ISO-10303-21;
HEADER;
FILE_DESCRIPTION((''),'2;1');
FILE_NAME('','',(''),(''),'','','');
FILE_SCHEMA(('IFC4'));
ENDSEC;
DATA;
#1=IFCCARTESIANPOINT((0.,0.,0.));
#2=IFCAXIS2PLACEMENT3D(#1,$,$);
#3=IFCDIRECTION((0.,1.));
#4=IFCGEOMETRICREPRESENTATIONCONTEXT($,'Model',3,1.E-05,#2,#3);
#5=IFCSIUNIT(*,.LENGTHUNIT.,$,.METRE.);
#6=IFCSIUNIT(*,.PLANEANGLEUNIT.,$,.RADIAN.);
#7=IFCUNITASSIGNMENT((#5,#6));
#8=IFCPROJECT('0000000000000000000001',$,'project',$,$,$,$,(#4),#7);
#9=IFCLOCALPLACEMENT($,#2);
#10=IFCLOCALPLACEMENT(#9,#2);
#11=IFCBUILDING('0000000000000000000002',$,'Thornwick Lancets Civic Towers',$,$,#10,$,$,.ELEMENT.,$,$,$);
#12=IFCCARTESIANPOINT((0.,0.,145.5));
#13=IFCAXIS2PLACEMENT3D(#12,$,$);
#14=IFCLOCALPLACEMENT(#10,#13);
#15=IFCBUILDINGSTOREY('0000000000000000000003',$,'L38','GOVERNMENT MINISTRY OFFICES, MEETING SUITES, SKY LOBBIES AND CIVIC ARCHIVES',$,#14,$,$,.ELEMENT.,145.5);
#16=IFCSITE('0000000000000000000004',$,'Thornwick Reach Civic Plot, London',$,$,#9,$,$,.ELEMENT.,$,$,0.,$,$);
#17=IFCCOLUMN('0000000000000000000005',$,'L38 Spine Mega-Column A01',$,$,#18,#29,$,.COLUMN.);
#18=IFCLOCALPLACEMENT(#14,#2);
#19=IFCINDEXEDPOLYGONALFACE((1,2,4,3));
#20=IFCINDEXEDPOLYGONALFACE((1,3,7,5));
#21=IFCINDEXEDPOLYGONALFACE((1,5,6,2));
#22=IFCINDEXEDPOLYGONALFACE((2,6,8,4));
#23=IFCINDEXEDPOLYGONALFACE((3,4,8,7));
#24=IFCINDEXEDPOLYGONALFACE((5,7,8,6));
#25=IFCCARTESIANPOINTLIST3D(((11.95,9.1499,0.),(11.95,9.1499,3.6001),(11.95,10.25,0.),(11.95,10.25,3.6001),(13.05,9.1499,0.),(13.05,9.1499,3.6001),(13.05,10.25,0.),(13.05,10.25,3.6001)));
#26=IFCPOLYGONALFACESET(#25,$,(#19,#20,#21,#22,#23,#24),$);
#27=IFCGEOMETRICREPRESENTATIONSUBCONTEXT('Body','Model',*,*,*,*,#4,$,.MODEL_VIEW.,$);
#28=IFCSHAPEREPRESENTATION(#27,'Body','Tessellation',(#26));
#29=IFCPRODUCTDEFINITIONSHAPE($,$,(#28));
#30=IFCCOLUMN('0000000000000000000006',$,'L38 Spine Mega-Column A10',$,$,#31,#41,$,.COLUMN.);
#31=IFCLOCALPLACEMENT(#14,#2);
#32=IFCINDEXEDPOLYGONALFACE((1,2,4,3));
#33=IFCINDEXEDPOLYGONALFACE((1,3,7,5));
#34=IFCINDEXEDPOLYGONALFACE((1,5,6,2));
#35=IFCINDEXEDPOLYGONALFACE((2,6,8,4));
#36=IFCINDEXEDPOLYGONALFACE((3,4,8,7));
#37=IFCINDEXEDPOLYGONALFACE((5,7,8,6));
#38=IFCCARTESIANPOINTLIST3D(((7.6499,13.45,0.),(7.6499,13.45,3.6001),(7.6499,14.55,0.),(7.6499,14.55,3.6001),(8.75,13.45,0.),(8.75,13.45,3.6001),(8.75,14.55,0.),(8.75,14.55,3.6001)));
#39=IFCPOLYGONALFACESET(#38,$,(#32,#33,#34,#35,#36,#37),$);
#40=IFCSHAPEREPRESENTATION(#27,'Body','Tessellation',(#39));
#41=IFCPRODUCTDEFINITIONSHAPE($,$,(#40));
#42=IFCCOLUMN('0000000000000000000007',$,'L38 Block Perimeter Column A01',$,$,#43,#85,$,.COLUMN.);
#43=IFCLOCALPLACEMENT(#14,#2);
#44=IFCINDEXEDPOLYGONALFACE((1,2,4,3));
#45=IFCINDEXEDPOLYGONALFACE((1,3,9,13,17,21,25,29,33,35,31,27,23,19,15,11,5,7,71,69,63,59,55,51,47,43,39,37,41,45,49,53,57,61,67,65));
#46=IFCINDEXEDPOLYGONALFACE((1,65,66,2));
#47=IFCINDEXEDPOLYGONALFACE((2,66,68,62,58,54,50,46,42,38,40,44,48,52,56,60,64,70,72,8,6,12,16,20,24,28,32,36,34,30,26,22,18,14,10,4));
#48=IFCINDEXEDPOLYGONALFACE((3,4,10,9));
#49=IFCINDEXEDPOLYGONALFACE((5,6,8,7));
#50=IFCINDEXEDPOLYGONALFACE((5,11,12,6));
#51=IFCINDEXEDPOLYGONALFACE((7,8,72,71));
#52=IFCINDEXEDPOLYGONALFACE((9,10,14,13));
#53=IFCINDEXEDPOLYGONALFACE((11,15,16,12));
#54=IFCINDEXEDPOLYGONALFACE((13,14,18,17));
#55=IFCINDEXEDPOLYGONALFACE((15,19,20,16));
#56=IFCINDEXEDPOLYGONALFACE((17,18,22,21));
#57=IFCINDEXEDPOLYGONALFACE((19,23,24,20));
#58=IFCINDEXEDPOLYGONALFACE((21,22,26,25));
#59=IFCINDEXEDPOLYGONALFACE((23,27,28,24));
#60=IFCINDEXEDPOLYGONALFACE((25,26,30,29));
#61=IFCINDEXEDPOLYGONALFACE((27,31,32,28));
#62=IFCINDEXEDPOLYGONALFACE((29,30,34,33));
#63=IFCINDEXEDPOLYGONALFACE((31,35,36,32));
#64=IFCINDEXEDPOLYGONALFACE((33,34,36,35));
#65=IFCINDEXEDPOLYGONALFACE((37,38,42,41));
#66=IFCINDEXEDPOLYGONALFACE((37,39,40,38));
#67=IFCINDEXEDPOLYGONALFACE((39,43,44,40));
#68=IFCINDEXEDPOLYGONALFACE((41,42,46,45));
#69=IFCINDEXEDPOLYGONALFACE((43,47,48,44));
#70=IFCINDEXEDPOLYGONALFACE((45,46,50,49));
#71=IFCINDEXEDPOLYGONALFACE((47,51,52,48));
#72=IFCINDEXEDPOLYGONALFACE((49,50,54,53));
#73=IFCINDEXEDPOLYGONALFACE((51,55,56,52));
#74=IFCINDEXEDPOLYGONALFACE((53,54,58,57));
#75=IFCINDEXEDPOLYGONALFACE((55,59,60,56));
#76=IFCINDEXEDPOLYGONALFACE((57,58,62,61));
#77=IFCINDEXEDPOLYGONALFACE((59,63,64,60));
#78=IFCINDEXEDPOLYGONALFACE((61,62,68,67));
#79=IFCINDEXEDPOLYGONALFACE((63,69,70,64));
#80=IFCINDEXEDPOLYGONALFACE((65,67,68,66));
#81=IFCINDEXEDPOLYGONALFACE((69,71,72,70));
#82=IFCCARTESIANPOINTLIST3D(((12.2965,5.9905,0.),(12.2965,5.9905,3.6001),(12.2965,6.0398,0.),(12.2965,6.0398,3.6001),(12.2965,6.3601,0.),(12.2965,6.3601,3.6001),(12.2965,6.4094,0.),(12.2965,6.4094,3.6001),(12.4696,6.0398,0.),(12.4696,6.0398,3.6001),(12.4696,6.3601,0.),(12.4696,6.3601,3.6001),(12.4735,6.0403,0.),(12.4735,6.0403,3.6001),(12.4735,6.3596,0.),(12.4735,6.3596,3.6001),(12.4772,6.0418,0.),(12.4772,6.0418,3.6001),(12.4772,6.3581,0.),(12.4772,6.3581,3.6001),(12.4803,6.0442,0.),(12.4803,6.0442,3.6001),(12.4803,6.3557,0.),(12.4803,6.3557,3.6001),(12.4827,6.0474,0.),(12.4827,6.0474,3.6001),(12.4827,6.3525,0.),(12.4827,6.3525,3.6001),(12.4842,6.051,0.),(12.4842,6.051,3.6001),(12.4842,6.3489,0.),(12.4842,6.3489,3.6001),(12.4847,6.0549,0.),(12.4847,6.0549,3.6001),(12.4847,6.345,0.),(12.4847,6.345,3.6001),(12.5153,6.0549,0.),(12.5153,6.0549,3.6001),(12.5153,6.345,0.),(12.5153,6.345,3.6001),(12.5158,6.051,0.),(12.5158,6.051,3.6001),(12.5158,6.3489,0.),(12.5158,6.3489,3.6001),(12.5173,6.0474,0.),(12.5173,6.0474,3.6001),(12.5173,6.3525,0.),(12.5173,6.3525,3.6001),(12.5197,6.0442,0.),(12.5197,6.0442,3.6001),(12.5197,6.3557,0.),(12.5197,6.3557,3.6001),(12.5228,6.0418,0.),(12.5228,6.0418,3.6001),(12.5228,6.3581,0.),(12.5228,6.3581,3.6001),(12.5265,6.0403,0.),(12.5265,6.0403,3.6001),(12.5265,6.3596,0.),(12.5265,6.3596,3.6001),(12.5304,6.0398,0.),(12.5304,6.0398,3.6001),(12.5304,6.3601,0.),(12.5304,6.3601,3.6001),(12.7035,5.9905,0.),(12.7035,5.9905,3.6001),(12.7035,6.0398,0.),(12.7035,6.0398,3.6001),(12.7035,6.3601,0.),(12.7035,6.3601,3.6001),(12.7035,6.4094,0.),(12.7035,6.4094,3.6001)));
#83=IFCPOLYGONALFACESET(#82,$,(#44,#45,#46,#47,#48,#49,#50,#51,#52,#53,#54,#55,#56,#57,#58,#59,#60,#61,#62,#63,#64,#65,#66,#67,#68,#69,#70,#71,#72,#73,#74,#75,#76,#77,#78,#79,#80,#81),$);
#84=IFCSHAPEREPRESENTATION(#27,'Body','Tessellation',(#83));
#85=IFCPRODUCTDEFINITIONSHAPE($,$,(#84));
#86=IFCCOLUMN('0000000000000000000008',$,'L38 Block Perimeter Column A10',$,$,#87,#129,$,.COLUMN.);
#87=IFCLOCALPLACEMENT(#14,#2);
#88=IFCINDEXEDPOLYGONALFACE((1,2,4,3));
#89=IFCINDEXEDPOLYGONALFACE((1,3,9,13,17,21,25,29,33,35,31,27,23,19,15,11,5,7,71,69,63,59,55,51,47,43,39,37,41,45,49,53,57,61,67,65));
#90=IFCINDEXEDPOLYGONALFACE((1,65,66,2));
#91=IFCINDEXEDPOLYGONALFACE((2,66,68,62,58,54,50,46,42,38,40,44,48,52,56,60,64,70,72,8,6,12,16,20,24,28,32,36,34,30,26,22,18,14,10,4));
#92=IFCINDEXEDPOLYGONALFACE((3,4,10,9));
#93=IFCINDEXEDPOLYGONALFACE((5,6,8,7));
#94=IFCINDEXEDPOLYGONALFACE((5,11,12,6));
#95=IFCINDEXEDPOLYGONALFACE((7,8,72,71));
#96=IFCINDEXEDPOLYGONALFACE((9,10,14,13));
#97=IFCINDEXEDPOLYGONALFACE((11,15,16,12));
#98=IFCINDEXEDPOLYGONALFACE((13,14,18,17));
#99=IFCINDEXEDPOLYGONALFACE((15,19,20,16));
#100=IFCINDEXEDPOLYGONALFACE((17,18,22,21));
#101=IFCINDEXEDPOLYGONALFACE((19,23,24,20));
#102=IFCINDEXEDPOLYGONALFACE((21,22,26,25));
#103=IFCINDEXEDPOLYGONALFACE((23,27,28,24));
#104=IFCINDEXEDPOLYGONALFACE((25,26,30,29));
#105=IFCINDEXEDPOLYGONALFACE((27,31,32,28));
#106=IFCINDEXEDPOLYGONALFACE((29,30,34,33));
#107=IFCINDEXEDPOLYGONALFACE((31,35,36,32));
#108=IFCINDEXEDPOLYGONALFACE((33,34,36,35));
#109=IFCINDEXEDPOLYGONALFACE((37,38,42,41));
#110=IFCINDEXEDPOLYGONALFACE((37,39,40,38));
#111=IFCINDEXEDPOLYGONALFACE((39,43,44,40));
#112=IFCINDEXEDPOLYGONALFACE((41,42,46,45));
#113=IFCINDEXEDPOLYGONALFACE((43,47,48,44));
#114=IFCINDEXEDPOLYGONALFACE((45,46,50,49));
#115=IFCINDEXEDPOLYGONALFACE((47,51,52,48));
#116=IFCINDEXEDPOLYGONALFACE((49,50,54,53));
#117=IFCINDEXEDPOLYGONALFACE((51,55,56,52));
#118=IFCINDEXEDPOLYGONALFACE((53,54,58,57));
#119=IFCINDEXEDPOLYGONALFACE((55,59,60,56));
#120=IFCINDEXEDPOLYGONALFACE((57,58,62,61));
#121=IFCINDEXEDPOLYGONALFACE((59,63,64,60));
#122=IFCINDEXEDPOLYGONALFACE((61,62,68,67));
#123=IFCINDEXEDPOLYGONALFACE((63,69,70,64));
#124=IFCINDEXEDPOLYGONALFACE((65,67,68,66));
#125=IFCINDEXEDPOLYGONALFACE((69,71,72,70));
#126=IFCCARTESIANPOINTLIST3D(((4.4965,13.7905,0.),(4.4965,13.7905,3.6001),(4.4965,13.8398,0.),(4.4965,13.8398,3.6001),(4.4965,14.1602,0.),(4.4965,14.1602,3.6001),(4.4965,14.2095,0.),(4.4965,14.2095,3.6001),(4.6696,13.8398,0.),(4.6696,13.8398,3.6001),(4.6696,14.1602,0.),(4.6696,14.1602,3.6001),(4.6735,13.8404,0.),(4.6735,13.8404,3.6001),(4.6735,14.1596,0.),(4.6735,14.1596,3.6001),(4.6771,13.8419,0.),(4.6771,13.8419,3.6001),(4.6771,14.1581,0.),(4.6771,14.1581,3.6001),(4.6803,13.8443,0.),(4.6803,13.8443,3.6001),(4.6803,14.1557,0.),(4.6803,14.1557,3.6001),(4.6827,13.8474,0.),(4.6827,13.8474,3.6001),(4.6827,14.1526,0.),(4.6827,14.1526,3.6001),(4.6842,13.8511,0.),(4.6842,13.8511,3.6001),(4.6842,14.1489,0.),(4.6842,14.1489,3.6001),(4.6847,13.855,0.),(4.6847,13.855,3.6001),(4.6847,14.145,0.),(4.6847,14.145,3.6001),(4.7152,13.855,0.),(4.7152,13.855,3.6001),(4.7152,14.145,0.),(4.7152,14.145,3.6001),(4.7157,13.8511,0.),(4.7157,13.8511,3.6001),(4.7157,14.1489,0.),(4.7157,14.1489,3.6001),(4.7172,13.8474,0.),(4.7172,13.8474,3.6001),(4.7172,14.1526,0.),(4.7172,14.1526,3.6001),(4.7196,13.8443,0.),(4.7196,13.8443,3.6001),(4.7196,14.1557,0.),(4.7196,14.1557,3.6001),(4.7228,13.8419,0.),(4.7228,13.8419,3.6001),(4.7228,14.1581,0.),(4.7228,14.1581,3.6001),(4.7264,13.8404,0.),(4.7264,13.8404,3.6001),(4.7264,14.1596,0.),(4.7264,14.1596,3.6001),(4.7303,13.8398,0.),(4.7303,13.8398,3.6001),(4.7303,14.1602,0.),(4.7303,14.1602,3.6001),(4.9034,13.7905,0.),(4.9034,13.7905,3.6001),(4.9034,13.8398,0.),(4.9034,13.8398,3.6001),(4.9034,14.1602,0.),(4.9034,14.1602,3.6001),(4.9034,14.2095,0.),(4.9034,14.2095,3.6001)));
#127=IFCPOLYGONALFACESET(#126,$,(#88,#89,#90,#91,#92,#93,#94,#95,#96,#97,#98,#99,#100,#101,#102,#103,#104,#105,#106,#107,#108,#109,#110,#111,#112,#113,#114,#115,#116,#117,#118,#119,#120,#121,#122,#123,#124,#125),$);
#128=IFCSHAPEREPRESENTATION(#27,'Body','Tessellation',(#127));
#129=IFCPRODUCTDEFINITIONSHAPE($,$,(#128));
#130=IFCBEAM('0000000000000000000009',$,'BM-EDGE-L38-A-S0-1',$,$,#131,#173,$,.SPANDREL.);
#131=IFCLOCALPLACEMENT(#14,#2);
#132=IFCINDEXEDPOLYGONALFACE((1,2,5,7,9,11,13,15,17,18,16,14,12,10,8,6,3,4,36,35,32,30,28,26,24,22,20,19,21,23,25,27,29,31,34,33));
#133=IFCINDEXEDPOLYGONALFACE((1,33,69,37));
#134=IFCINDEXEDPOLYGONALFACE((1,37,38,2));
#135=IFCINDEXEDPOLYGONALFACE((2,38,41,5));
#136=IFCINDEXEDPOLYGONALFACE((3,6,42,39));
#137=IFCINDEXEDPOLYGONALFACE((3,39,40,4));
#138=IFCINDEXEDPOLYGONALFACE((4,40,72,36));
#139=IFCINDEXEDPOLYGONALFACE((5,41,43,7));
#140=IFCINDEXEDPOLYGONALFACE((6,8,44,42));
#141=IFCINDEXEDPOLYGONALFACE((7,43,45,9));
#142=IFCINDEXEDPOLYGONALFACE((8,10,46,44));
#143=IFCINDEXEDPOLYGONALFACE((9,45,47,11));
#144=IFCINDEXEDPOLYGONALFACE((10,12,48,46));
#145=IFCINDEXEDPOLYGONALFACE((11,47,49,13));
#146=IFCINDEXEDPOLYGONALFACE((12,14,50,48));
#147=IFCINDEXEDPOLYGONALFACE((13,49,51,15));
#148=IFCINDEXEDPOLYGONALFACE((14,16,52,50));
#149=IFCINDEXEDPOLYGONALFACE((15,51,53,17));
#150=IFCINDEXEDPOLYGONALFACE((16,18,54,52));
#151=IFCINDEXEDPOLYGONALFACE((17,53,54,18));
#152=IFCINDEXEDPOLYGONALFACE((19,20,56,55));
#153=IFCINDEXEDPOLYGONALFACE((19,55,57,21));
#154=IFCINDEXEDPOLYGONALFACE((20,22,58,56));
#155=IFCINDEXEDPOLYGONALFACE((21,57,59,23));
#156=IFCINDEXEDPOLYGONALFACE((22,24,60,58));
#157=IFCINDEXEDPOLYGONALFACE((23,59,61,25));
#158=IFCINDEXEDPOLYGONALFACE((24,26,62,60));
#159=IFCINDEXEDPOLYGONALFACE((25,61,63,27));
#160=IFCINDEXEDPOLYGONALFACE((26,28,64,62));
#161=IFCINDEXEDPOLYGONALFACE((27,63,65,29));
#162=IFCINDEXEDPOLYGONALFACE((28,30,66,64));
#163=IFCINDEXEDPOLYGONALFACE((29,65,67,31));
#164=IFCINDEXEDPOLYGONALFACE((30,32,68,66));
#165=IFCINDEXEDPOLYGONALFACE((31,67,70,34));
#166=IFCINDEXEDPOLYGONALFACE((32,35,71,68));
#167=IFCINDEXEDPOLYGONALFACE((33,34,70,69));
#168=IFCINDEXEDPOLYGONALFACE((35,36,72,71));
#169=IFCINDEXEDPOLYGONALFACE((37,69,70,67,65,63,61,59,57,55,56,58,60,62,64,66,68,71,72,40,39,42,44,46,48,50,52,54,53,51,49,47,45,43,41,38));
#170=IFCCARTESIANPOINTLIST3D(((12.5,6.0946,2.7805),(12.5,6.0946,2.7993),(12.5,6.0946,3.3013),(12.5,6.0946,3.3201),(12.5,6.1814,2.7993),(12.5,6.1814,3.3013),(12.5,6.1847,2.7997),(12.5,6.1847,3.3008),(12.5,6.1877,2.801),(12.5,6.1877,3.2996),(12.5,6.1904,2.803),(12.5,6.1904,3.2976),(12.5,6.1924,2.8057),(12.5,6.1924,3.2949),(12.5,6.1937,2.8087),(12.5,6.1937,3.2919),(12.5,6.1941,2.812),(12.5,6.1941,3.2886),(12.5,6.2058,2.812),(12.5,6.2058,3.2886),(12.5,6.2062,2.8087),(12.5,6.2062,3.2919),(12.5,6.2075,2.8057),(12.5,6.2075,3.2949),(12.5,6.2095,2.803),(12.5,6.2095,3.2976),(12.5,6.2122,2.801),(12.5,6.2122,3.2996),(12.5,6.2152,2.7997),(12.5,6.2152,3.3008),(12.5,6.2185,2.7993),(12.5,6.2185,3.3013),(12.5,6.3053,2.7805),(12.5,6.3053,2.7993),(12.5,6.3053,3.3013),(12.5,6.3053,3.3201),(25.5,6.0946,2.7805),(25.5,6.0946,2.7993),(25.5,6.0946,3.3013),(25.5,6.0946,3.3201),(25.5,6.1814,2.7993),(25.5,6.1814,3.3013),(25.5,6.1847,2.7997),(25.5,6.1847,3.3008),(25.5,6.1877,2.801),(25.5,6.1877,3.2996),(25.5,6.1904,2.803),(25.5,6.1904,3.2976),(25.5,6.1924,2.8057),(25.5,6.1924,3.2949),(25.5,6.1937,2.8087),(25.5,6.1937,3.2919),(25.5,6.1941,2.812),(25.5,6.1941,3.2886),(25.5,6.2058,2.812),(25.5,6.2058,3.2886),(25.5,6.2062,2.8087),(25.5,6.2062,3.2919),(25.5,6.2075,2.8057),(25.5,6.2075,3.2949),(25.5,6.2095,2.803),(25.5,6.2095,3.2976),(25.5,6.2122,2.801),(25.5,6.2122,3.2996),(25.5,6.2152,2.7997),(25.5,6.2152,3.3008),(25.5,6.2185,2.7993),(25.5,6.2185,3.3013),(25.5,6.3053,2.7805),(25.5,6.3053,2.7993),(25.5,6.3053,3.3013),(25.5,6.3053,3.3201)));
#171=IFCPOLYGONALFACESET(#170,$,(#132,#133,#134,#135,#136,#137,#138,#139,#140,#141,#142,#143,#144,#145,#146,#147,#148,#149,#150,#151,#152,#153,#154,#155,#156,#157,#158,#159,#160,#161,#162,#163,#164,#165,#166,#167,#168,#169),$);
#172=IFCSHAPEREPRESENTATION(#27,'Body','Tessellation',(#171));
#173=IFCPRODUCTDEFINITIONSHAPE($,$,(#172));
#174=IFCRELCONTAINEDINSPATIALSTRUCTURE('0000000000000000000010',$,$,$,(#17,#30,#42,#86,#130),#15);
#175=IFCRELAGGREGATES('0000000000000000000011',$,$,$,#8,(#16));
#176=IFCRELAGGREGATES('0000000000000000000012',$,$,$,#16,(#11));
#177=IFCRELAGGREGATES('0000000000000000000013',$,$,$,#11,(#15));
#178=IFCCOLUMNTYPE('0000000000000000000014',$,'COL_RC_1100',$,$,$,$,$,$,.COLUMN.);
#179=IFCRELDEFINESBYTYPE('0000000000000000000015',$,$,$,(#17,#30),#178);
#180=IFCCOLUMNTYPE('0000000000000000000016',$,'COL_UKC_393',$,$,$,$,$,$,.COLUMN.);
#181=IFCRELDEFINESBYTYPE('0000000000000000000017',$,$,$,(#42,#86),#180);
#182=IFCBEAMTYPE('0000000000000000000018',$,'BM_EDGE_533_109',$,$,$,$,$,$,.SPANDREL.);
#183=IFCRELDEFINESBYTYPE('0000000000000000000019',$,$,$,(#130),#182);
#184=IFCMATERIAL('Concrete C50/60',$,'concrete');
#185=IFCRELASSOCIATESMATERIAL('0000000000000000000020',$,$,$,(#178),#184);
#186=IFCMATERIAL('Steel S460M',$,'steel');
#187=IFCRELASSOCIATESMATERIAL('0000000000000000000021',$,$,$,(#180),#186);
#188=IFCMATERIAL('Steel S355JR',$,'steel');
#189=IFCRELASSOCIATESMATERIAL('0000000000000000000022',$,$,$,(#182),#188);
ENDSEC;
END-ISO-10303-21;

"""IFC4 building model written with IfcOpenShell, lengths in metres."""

from ifc_helpers import new_model, si_unit, direction, frame, origin, origin_2d, place, context, subcontext, project, spatial, rectangle, i_section, extrude, material, material_profile, profile_set, type_object, element, save


model = new_model("IFC4")

# Units and contexts
model_context = context("Model", 3, precision=1e-05, world=origin(), true_north=direction((0.0, 1.0)))
body_context = subcontext(model_context, "Body", "Model", "MODEL_VIEW")
ifc_project = project(units=[si_unit("LENGTHUNIT", "METRE"), si_unit("PLANEANGLEUNIT", "RADIAN")], contexts=[model_context])

# Site, building, storey
site_placement = place(None, origin())
site = spatial("IfcSite", under=ifc_project, at=site_placement, Name="Thornwick Reach Civic Plot, London", CompositionType="ELEMENT", RefElevation=0.0)
building_placement = place(site_placement, origin())
building = spatial("IfcBuilding", under=site, at=building_placement, Name="Thornwick Lancets Civic Towers", CompositionType="ELEMENT")
storey_placement = place(building_placement, frame((0.0, 0.0, 145.5)))
storey = spatial("IfcBuildingStorey", under=building, at=storey_placement, Name="L38", Description="GOVERNMENT MINISTRY OFFICES, MEETING SUITES, SKY LOBBIES AND CIVIC ARCHIVES", CompositionType="ELEMENT", Elevation=145.5)

# Columns
ifc_material_1 = material(Name="Concrete C50/60", Category="concrete")
ifc_material_profile_1 = material_profile(ifc_material_1, rectangle(XDim=1.1001, YDim=1.1001, at=origin_2d()), Name="RC 1100x1100")
ifc_profile_set_1 = profile_set([ifc_material_profile_1], Name="Concrete C50/60")
column_type_1 = type_object("IfcColumnType", Name="COL_RC_1100", PredefinedType="COLUMN", material=ifc_profile_set_1)
for number, where, z_axis, x_axis, name in (
    (1, (12.5, 9.7, 0.0), (0.0, 0.0, 1.0), (1.0, 0.0, 0.0), "L38 Spine Mega-Column A01"),
    (2, (8.2, 14.0, 0.0), (0.0, 0.0, 1.0), (1.0, 0.0, 0.0), "L38 Spine Mega-Column A10"),
):
    element("IfcColumn", number, at=place(storey_placement, frame(where, z_axis=z_axis, x_axis=x_axis)), inside=storey, type_object=column_type_1, Name=name, PredefinedType="COLUMN", context=body_context, shape_type="SweptSolid", body=[
        extrude(rectangle(XDim=1.1001, YDim=1.1001, at=origin_2d()), origin(), (0.0, 0.0, 1.0), 3.6001),
    ])
ifc_material_2 = material(Name="Steel S460M", Category="steel")
ifc_material_profile_2 = material_profile(ifc_material_2, i_section(OverallWidth=0.407, OverallDepth=0.4189, WebThickness=0.0305, FlangeThickness=0.0493, FilletRadius=0.0151, at=origin_2d()), Name="UKC 356x406x393")
ifc_profile_set_2 = profile_set([ifc_material_profile_2], Name="Steel S460M")
column_type_2 = type_object("IfcColumnType", Name="COL_UKC_393", PredefinedType="COLUMN", material=ifc_profile_set_2)
for number, where, z_axis, x_axis, name in (
    (3, (12.5, 6.2, 0.0), (0.0, 0.0, 1.0), (1.0, 0.0, 0.0), "L38 Block Perimeter Column A01"),
    (4, (4.7, 14.0, 0.0), (0.0, 0.0, 1.0), (1.0, 0.0, 0.0), "L38 Block Perimeter Column A10"),
):
    element("IfcColumn", number, at=place(storey_placement, frame(where, z_axis=z_axis, x_axis=x_axis)), inside=storey, type_object=column_type_2, Name=name, PredefinedType="COLUMN", context=body_context, shape_type="SweptSolid", body=[
        extrude(i_section(OverallWidth=0.407, OverallDepth=0.4189, WebThickness=0.0305, FlangeThickness=0.0493, FilletRadius=0.0151, at=origin_2d()), origin(), (0.0, 0.0, 1.0), 3.6001),
    ])

# Beam
ifc_material_3 = material(Name="Steel S355JR", Category="steel")
ifc_material_profile_3 = material_profile(ifc_material_3, i_section(OverallWidth=0.2107, OverallDepth=0.5396, WebThickness=0.0117, FlangeThickness=0.0188, FilletRadius=0.0127, at=origin_2d()), Name="UKB 533x210x109")
ifc_profile_set_3 = profile_set([ifc_material_profile_3], Name="Steel S355JR")
beam_type_1 = type_object("IfcBeamType", Name="BM_EDGE_533_109", PredefinedType="SPANDREL", material=ifc_profile_set_3)
for number, where, z_axis, x_axis, name in (
    (5, (12.5, 6.2, 3.0503), (1.0, 0.0, 0.0), (0.0, 1.0, 0.0), "BM-EDGE-L38-A-S0-1"),
):
    element("IfcBeam", number, at=place(storey_placement, frame(where, z_axis=z_axis, x_axis=x_axis)), inside=storey, type_object=beam_type_1, Name=name, PredefinedType="SPANDREL", context=body_context, shape_type="SweptSolid", body=[
        extrude(i_section(OverallWidth=0.2107, OverallDepth=0.5396, WebThickness=0.0117, FlangeThickness=0.0188, FilletRadius=0.0127, at=origin_2d()), origin(), (0.0, 0.0, 1.0), 13.0),
    ])

save(model, "model.ifc")
